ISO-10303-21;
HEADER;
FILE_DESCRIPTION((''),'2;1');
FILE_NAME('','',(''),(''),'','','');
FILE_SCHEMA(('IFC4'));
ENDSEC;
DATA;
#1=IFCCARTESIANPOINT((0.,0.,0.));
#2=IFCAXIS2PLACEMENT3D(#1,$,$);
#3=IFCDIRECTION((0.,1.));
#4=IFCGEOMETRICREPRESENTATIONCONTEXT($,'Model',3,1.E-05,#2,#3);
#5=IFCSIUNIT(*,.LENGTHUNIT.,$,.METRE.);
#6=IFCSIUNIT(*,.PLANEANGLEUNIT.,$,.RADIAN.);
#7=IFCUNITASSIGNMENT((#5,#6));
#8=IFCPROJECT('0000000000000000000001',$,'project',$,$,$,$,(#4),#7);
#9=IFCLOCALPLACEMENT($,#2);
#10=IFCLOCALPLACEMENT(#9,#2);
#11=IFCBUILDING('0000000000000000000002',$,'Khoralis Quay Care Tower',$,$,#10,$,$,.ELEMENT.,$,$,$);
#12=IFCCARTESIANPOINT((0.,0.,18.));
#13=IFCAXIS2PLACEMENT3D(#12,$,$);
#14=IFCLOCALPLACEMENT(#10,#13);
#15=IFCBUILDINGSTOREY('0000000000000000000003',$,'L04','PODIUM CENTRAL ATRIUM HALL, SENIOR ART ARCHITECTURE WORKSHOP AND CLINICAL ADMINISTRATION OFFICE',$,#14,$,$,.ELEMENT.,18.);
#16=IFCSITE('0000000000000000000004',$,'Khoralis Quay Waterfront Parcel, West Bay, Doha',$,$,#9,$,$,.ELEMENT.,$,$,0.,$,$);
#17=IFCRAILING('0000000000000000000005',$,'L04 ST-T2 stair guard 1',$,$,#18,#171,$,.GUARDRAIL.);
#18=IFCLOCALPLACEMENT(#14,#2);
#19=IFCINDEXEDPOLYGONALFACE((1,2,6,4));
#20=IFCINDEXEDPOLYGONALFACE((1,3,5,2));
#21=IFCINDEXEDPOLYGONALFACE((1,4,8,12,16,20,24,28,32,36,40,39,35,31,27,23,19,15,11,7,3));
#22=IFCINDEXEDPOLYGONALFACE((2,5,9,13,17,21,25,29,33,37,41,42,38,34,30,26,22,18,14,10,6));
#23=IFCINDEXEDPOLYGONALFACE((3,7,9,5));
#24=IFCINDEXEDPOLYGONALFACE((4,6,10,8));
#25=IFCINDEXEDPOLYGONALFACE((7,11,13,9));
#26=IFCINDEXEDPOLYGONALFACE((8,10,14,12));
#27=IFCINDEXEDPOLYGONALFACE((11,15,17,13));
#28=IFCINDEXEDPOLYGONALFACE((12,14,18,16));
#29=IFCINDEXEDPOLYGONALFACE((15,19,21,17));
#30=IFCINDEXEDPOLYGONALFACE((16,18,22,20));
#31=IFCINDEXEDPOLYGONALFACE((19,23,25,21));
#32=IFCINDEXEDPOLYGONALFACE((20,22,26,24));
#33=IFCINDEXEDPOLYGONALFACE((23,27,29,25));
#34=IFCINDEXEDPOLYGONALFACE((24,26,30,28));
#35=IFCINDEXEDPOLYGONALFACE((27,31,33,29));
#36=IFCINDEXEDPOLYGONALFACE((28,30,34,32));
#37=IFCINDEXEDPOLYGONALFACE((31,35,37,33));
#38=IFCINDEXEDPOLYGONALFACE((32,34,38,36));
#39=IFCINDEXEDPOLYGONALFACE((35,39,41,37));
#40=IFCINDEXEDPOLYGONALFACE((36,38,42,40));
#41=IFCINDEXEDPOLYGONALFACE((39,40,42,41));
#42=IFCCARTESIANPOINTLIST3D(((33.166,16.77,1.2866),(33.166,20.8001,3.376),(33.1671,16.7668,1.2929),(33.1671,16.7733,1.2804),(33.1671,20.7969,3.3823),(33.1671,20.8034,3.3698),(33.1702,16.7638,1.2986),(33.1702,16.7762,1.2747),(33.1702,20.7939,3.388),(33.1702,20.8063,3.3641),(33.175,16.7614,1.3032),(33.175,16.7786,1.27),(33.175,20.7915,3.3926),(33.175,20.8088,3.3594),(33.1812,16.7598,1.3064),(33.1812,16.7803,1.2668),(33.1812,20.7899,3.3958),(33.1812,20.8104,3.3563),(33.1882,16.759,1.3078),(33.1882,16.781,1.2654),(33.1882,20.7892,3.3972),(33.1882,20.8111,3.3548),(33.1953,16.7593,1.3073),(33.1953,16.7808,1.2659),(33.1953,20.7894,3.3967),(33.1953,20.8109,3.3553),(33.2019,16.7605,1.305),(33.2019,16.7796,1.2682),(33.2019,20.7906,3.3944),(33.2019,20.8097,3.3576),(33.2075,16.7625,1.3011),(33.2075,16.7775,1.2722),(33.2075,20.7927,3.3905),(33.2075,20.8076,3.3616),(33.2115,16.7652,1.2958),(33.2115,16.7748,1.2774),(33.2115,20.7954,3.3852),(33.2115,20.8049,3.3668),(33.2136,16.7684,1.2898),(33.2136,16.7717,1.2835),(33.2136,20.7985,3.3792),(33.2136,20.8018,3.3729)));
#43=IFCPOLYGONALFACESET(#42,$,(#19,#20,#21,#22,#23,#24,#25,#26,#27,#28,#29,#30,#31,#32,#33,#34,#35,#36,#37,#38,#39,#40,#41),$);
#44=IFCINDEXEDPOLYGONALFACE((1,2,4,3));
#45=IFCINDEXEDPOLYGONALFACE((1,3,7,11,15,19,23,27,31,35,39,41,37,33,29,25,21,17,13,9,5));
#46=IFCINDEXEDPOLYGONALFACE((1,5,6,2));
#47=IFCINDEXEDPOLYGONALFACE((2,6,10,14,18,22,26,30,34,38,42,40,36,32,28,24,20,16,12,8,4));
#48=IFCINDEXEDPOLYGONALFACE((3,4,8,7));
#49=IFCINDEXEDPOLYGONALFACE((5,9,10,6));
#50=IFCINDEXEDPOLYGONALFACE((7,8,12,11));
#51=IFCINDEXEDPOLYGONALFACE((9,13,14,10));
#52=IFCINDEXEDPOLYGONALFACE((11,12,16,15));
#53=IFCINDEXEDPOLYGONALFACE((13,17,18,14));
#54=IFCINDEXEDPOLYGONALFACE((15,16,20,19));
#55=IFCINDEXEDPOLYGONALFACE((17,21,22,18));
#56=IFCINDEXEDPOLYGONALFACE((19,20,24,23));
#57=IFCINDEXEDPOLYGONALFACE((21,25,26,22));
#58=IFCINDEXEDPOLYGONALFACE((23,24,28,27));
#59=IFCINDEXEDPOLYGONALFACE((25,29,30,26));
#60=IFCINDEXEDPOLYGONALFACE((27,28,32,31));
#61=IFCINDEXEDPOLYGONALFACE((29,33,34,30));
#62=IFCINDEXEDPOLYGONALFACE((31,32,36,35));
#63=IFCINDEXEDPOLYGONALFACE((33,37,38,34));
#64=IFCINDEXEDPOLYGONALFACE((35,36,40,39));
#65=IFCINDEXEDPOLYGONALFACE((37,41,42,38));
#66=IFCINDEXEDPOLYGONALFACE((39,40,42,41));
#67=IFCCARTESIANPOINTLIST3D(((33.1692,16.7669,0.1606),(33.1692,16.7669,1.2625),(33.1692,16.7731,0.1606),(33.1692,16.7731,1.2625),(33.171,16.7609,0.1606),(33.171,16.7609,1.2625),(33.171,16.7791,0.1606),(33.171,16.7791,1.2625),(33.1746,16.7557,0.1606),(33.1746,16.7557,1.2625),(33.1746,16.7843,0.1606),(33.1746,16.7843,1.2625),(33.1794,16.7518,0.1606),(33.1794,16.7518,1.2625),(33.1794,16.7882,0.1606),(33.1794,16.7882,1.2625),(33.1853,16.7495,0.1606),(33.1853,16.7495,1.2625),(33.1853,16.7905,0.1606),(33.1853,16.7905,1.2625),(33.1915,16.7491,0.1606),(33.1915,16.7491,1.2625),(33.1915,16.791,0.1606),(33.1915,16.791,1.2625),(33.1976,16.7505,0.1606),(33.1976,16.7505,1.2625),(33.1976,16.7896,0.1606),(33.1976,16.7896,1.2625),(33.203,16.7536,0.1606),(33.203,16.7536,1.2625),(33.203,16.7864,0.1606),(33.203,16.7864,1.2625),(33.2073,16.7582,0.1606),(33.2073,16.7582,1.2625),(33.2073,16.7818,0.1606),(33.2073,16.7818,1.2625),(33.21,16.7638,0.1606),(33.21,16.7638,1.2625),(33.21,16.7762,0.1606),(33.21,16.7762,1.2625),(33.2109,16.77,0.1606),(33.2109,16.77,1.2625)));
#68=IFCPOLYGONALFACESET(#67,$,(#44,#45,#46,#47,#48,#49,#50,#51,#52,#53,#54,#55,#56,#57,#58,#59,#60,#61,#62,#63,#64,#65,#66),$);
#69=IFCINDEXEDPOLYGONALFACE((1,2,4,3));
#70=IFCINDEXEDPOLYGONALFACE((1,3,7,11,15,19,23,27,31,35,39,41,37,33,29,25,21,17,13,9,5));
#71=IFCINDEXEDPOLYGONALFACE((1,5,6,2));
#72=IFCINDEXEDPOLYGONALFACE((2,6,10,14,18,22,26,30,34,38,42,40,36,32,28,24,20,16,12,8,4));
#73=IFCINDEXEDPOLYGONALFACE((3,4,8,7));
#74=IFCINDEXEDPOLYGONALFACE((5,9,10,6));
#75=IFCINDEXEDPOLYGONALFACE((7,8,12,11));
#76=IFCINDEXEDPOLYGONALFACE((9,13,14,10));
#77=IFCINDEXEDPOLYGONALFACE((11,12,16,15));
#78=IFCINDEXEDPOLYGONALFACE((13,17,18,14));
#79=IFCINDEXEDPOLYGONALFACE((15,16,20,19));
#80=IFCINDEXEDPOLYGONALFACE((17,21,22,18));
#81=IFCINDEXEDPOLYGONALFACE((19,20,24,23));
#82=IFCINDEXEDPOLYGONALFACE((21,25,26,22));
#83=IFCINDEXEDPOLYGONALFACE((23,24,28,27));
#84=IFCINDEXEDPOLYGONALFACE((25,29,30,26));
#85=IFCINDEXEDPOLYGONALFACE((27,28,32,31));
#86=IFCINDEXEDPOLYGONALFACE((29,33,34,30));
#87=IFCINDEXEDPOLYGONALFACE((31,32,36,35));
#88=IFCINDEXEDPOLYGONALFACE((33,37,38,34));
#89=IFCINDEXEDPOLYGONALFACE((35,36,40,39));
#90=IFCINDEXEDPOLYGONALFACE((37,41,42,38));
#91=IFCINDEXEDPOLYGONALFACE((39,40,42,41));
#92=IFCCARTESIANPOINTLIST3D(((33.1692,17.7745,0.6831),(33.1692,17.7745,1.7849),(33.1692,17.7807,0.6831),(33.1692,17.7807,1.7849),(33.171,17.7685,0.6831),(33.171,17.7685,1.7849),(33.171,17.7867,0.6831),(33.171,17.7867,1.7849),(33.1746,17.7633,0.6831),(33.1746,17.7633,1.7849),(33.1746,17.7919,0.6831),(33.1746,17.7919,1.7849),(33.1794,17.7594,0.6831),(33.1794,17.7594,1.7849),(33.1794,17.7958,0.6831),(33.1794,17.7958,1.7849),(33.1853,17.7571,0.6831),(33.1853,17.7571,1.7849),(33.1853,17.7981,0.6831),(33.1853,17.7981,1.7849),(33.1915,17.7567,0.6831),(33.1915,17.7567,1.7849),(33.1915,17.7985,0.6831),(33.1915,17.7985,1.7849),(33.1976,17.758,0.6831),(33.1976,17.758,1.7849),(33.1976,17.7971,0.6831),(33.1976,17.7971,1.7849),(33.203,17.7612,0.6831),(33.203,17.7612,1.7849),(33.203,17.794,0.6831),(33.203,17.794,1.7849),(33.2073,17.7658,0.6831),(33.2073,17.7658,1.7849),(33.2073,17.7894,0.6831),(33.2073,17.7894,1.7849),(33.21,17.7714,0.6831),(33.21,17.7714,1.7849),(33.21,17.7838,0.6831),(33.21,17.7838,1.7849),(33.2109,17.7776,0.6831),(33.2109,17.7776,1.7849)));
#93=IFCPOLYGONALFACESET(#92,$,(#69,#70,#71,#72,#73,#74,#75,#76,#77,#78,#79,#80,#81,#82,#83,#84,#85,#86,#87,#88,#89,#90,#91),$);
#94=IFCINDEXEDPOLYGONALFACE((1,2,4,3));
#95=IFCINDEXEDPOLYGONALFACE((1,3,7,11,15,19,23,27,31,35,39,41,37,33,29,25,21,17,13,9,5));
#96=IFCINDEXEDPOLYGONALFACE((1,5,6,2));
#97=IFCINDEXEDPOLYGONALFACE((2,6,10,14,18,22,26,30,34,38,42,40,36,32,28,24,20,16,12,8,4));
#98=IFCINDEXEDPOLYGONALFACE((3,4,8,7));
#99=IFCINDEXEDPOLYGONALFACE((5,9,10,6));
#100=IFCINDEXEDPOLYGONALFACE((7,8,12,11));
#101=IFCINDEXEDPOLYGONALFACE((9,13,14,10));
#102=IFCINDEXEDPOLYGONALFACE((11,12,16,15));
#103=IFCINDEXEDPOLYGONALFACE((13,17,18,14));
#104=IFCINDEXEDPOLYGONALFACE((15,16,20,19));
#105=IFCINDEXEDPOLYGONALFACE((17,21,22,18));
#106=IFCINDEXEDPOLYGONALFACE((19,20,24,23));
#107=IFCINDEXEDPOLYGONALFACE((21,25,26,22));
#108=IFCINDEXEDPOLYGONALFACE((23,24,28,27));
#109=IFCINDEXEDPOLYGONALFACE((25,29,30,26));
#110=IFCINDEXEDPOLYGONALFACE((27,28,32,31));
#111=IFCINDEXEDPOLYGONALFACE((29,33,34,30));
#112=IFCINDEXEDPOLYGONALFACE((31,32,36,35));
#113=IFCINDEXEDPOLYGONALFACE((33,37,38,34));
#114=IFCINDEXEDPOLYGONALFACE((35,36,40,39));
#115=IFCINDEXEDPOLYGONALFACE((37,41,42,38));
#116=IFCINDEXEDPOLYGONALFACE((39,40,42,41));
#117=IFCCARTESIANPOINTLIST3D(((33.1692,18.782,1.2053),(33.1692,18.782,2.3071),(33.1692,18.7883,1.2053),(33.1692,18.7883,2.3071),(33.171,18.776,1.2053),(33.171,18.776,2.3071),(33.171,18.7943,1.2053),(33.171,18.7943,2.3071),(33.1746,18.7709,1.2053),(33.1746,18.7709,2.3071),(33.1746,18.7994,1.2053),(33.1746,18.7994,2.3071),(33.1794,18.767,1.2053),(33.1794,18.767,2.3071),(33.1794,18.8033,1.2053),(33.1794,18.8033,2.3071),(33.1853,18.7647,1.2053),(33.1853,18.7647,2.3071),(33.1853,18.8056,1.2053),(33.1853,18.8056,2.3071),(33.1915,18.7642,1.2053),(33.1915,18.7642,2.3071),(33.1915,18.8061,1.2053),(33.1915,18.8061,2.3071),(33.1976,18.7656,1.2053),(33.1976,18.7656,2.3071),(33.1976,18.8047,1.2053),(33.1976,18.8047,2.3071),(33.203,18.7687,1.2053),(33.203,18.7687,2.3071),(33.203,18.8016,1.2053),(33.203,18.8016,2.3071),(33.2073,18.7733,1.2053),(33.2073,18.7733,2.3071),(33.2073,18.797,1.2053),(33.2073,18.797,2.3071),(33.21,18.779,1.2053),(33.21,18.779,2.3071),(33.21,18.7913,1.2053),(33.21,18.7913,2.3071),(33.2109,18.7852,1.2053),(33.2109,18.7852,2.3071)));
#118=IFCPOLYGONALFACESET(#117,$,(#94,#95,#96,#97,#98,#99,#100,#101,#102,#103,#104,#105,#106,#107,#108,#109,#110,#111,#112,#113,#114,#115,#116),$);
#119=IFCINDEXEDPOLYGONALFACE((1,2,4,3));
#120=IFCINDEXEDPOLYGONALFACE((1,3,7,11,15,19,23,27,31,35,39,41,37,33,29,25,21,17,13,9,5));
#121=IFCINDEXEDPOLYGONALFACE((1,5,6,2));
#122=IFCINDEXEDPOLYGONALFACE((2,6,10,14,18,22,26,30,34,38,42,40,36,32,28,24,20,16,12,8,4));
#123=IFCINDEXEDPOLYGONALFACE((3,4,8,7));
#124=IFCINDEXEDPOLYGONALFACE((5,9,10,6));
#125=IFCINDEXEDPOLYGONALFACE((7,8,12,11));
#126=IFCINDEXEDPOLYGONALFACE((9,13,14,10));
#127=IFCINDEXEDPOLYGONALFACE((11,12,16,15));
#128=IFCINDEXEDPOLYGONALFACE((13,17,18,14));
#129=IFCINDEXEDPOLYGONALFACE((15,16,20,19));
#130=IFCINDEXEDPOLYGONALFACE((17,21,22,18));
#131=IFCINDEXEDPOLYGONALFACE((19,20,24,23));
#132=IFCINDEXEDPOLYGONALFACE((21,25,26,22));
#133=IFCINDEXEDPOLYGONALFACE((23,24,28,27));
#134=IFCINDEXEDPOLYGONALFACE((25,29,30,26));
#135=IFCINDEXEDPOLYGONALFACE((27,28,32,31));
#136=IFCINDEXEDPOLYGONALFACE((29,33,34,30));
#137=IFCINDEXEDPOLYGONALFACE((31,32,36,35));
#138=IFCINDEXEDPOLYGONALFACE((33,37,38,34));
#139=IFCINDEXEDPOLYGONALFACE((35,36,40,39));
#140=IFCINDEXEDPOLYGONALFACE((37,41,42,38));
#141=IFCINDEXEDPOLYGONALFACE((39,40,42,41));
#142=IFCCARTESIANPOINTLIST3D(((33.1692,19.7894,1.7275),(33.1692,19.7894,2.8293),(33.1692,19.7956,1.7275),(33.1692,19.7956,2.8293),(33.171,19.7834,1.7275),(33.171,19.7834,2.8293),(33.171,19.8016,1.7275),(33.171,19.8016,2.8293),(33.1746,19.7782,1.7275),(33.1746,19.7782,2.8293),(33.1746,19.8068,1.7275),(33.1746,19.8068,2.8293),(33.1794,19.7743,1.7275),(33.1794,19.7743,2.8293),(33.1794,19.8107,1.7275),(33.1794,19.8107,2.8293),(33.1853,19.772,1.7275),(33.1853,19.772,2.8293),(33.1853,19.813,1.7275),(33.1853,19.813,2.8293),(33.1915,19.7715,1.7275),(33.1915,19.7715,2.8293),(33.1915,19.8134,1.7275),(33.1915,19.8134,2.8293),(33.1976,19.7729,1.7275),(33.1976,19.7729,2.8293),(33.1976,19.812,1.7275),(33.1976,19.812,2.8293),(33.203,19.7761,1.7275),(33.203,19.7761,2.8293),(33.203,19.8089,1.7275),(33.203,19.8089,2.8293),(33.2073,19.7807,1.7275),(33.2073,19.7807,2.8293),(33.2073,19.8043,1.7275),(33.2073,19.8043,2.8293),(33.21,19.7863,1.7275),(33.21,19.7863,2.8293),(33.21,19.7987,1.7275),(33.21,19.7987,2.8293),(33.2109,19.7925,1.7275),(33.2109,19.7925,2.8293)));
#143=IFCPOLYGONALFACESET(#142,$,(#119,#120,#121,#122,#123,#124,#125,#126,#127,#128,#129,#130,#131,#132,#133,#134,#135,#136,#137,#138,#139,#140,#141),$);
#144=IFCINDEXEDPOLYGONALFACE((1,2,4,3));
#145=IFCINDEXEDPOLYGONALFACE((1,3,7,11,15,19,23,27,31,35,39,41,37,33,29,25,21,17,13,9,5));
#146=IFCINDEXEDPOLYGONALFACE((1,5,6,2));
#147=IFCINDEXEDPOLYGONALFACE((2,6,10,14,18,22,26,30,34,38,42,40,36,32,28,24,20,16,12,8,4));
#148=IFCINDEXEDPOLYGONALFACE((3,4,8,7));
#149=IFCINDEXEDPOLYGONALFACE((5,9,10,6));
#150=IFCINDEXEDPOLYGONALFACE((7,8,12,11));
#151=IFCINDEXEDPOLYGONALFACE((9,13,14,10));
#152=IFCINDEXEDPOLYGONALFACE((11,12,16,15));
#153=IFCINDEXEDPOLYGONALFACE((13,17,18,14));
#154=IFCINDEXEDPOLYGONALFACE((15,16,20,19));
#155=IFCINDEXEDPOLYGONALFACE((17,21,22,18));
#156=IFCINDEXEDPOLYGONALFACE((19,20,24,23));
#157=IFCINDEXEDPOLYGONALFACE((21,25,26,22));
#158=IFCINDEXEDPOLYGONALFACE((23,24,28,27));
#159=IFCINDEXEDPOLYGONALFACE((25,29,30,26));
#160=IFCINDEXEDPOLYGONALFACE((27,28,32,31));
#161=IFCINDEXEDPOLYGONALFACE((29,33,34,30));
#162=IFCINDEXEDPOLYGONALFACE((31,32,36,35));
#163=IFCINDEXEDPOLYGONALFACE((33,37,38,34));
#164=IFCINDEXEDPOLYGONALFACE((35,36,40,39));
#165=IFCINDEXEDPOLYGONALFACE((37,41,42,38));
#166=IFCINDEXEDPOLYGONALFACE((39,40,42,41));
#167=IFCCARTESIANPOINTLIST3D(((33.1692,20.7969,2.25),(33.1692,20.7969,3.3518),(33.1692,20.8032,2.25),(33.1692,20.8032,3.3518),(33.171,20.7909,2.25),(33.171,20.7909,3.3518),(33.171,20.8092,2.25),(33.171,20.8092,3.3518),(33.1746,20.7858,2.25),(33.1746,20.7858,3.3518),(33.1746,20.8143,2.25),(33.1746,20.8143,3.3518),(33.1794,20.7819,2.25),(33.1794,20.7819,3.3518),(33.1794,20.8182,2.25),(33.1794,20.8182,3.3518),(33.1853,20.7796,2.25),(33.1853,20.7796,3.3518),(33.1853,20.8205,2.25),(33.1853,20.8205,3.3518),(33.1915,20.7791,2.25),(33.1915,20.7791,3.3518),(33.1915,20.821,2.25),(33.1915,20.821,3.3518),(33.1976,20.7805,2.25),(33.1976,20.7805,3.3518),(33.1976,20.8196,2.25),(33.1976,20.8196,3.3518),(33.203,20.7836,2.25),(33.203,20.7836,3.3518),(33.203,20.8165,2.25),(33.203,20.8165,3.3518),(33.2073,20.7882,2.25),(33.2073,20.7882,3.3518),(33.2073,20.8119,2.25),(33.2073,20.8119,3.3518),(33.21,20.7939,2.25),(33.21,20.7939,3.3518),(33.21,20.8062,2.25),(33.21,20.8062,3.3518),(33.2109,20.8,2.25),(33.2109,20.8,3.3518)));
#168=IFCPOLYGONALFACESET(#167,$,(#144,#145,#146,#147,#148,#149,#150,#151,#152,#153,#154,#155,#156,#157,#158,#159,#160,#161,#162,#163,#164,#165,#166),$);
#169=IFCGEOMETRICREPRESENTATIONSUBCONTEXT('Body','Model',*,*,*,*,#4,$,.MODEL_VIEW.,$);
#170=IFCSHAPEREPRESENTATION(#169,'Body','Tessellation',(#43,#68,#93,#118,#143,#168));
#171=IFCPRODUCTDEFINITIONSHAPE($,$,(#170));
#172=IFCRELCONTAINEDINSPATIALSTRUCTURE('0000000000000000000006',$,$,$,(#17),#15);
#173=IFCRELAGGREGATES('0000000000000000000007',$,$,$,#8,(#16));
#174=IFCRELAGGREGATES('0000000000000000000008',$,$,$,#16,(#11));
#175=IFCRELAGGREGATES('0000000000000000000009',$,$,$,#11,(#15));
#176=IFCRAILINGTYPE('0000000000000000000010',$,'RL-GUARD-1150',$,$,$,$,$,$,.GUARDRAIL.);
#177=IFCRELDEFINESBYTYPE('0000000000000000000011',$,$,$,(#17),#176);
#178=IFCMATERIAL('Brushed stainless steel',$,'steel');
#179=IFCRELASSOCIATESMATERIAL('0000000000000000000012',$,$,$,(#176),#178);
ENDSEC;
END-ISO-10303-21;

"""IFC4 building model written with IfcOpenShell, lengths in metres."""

from ifc_helpers import new_model, si_unit, direction, frame, origin, origin_2d, place, context, subcontext, project, spatial, circle, extrude, material, type_object, element, save


model = new_model("IFC4")

# Units and contexts
model_context = context("Model", 3, precision=1e-05, world=origin(), true_north=direction((0.0, 1.0)))
body_context = subcontext(model_context, "Body", "Model", "MODEL_VIEW")
ifc_project = project(units=[si_unit("LENGTHUNIT", "METRE"), si_unit("PLANEANGLEUNIT", "RADIAN")], contexts=[model_context])

# Site, building, storey
site_placement = place(None, origin())
site = spatial("IfcSite", under=ifc_project, at=site_placement, Name="Khoralis Quay Waterfront Parcel, West Bay, Doha", CompositionType="ELEMENT", RefElevation=0.0)
building_placement = place(site_placement, origin())
building = spatial("IfcBuilding", under=site, at=building_placement, Name="Khoralis Quay Care Tower", CompositionType="ELEMENT")
storey_placement = place(building_placement, frame((0.0, 0.0, 18.0)))
storey = spatial("IfcBuildingStorey", under=building, at=storey_placement, Name="L04", Description="PODIUM CENTRAL ATRIUM HALL, SENIOR ART ARCHITECTURE WORKSHOP AND CLINICAL ADMINISTRATION OFFICE", CompositionType="ELEMENT", Elevation=18.0)

# Railing
ifc_material_1 = material(Name="Brushed stainless steel", Category="steel")
railing_type_1 = type_object("IfcRailingType", Name="RL-GUARD-1150", PredefinedType="GUARDRAIL", material=ifc_material_1)
railing_1_placement = place(storey_placement, frame((33.1899, 16.77, 0.1606)))
element("IfcRailing", 1, at=railing_1_placement, inside=storey, type_object=railing_type_1, Name="L04 ST-T2 stair guard 1", PredefinedType="GUARDRAIL", context=body_context, shape_type="SweptSolid", body=[
    extrude(circle(Radius=0.0239, at=origin_2d()), frame((0.0, 0.0, 1.126), z_axis=(0.0, 0.887781, 0.460267), x_axis=(-1.0, 0.0, 0.0)), (0.0, 0.0, 1.0), 4.5396),
    extrude(circle(Radius=0.021, at=origin_2d()), origin(), (0.0, 0.0, 1.0), 1.1018),
    extrude(circle(Radius=0.021, at=origin_2d()), frame((0.0, 1.0076, 0.5225)), (0.0, 0.0, 1.0), 1.1018),
    extrude(circle(Radius=0.021, at=origin_2d()), frame((0.0, 2.0151, 1.0447)), (0.0, 0.0, 1.0), 1.1018),
    extrude(circle(Radius=0.021, at=origin_2d()), frame((0.0, 3.0225, 1.5669)), (0.0, 0.0, 1.0), 1.1018),
    extrude(circle(Radius=0.021, at=origin_2d()), frame((0.0, 4.03, 2.0894)), (0.0, 0.0, 1.0), 1.1018),
])

save(model, "model.ifc")
